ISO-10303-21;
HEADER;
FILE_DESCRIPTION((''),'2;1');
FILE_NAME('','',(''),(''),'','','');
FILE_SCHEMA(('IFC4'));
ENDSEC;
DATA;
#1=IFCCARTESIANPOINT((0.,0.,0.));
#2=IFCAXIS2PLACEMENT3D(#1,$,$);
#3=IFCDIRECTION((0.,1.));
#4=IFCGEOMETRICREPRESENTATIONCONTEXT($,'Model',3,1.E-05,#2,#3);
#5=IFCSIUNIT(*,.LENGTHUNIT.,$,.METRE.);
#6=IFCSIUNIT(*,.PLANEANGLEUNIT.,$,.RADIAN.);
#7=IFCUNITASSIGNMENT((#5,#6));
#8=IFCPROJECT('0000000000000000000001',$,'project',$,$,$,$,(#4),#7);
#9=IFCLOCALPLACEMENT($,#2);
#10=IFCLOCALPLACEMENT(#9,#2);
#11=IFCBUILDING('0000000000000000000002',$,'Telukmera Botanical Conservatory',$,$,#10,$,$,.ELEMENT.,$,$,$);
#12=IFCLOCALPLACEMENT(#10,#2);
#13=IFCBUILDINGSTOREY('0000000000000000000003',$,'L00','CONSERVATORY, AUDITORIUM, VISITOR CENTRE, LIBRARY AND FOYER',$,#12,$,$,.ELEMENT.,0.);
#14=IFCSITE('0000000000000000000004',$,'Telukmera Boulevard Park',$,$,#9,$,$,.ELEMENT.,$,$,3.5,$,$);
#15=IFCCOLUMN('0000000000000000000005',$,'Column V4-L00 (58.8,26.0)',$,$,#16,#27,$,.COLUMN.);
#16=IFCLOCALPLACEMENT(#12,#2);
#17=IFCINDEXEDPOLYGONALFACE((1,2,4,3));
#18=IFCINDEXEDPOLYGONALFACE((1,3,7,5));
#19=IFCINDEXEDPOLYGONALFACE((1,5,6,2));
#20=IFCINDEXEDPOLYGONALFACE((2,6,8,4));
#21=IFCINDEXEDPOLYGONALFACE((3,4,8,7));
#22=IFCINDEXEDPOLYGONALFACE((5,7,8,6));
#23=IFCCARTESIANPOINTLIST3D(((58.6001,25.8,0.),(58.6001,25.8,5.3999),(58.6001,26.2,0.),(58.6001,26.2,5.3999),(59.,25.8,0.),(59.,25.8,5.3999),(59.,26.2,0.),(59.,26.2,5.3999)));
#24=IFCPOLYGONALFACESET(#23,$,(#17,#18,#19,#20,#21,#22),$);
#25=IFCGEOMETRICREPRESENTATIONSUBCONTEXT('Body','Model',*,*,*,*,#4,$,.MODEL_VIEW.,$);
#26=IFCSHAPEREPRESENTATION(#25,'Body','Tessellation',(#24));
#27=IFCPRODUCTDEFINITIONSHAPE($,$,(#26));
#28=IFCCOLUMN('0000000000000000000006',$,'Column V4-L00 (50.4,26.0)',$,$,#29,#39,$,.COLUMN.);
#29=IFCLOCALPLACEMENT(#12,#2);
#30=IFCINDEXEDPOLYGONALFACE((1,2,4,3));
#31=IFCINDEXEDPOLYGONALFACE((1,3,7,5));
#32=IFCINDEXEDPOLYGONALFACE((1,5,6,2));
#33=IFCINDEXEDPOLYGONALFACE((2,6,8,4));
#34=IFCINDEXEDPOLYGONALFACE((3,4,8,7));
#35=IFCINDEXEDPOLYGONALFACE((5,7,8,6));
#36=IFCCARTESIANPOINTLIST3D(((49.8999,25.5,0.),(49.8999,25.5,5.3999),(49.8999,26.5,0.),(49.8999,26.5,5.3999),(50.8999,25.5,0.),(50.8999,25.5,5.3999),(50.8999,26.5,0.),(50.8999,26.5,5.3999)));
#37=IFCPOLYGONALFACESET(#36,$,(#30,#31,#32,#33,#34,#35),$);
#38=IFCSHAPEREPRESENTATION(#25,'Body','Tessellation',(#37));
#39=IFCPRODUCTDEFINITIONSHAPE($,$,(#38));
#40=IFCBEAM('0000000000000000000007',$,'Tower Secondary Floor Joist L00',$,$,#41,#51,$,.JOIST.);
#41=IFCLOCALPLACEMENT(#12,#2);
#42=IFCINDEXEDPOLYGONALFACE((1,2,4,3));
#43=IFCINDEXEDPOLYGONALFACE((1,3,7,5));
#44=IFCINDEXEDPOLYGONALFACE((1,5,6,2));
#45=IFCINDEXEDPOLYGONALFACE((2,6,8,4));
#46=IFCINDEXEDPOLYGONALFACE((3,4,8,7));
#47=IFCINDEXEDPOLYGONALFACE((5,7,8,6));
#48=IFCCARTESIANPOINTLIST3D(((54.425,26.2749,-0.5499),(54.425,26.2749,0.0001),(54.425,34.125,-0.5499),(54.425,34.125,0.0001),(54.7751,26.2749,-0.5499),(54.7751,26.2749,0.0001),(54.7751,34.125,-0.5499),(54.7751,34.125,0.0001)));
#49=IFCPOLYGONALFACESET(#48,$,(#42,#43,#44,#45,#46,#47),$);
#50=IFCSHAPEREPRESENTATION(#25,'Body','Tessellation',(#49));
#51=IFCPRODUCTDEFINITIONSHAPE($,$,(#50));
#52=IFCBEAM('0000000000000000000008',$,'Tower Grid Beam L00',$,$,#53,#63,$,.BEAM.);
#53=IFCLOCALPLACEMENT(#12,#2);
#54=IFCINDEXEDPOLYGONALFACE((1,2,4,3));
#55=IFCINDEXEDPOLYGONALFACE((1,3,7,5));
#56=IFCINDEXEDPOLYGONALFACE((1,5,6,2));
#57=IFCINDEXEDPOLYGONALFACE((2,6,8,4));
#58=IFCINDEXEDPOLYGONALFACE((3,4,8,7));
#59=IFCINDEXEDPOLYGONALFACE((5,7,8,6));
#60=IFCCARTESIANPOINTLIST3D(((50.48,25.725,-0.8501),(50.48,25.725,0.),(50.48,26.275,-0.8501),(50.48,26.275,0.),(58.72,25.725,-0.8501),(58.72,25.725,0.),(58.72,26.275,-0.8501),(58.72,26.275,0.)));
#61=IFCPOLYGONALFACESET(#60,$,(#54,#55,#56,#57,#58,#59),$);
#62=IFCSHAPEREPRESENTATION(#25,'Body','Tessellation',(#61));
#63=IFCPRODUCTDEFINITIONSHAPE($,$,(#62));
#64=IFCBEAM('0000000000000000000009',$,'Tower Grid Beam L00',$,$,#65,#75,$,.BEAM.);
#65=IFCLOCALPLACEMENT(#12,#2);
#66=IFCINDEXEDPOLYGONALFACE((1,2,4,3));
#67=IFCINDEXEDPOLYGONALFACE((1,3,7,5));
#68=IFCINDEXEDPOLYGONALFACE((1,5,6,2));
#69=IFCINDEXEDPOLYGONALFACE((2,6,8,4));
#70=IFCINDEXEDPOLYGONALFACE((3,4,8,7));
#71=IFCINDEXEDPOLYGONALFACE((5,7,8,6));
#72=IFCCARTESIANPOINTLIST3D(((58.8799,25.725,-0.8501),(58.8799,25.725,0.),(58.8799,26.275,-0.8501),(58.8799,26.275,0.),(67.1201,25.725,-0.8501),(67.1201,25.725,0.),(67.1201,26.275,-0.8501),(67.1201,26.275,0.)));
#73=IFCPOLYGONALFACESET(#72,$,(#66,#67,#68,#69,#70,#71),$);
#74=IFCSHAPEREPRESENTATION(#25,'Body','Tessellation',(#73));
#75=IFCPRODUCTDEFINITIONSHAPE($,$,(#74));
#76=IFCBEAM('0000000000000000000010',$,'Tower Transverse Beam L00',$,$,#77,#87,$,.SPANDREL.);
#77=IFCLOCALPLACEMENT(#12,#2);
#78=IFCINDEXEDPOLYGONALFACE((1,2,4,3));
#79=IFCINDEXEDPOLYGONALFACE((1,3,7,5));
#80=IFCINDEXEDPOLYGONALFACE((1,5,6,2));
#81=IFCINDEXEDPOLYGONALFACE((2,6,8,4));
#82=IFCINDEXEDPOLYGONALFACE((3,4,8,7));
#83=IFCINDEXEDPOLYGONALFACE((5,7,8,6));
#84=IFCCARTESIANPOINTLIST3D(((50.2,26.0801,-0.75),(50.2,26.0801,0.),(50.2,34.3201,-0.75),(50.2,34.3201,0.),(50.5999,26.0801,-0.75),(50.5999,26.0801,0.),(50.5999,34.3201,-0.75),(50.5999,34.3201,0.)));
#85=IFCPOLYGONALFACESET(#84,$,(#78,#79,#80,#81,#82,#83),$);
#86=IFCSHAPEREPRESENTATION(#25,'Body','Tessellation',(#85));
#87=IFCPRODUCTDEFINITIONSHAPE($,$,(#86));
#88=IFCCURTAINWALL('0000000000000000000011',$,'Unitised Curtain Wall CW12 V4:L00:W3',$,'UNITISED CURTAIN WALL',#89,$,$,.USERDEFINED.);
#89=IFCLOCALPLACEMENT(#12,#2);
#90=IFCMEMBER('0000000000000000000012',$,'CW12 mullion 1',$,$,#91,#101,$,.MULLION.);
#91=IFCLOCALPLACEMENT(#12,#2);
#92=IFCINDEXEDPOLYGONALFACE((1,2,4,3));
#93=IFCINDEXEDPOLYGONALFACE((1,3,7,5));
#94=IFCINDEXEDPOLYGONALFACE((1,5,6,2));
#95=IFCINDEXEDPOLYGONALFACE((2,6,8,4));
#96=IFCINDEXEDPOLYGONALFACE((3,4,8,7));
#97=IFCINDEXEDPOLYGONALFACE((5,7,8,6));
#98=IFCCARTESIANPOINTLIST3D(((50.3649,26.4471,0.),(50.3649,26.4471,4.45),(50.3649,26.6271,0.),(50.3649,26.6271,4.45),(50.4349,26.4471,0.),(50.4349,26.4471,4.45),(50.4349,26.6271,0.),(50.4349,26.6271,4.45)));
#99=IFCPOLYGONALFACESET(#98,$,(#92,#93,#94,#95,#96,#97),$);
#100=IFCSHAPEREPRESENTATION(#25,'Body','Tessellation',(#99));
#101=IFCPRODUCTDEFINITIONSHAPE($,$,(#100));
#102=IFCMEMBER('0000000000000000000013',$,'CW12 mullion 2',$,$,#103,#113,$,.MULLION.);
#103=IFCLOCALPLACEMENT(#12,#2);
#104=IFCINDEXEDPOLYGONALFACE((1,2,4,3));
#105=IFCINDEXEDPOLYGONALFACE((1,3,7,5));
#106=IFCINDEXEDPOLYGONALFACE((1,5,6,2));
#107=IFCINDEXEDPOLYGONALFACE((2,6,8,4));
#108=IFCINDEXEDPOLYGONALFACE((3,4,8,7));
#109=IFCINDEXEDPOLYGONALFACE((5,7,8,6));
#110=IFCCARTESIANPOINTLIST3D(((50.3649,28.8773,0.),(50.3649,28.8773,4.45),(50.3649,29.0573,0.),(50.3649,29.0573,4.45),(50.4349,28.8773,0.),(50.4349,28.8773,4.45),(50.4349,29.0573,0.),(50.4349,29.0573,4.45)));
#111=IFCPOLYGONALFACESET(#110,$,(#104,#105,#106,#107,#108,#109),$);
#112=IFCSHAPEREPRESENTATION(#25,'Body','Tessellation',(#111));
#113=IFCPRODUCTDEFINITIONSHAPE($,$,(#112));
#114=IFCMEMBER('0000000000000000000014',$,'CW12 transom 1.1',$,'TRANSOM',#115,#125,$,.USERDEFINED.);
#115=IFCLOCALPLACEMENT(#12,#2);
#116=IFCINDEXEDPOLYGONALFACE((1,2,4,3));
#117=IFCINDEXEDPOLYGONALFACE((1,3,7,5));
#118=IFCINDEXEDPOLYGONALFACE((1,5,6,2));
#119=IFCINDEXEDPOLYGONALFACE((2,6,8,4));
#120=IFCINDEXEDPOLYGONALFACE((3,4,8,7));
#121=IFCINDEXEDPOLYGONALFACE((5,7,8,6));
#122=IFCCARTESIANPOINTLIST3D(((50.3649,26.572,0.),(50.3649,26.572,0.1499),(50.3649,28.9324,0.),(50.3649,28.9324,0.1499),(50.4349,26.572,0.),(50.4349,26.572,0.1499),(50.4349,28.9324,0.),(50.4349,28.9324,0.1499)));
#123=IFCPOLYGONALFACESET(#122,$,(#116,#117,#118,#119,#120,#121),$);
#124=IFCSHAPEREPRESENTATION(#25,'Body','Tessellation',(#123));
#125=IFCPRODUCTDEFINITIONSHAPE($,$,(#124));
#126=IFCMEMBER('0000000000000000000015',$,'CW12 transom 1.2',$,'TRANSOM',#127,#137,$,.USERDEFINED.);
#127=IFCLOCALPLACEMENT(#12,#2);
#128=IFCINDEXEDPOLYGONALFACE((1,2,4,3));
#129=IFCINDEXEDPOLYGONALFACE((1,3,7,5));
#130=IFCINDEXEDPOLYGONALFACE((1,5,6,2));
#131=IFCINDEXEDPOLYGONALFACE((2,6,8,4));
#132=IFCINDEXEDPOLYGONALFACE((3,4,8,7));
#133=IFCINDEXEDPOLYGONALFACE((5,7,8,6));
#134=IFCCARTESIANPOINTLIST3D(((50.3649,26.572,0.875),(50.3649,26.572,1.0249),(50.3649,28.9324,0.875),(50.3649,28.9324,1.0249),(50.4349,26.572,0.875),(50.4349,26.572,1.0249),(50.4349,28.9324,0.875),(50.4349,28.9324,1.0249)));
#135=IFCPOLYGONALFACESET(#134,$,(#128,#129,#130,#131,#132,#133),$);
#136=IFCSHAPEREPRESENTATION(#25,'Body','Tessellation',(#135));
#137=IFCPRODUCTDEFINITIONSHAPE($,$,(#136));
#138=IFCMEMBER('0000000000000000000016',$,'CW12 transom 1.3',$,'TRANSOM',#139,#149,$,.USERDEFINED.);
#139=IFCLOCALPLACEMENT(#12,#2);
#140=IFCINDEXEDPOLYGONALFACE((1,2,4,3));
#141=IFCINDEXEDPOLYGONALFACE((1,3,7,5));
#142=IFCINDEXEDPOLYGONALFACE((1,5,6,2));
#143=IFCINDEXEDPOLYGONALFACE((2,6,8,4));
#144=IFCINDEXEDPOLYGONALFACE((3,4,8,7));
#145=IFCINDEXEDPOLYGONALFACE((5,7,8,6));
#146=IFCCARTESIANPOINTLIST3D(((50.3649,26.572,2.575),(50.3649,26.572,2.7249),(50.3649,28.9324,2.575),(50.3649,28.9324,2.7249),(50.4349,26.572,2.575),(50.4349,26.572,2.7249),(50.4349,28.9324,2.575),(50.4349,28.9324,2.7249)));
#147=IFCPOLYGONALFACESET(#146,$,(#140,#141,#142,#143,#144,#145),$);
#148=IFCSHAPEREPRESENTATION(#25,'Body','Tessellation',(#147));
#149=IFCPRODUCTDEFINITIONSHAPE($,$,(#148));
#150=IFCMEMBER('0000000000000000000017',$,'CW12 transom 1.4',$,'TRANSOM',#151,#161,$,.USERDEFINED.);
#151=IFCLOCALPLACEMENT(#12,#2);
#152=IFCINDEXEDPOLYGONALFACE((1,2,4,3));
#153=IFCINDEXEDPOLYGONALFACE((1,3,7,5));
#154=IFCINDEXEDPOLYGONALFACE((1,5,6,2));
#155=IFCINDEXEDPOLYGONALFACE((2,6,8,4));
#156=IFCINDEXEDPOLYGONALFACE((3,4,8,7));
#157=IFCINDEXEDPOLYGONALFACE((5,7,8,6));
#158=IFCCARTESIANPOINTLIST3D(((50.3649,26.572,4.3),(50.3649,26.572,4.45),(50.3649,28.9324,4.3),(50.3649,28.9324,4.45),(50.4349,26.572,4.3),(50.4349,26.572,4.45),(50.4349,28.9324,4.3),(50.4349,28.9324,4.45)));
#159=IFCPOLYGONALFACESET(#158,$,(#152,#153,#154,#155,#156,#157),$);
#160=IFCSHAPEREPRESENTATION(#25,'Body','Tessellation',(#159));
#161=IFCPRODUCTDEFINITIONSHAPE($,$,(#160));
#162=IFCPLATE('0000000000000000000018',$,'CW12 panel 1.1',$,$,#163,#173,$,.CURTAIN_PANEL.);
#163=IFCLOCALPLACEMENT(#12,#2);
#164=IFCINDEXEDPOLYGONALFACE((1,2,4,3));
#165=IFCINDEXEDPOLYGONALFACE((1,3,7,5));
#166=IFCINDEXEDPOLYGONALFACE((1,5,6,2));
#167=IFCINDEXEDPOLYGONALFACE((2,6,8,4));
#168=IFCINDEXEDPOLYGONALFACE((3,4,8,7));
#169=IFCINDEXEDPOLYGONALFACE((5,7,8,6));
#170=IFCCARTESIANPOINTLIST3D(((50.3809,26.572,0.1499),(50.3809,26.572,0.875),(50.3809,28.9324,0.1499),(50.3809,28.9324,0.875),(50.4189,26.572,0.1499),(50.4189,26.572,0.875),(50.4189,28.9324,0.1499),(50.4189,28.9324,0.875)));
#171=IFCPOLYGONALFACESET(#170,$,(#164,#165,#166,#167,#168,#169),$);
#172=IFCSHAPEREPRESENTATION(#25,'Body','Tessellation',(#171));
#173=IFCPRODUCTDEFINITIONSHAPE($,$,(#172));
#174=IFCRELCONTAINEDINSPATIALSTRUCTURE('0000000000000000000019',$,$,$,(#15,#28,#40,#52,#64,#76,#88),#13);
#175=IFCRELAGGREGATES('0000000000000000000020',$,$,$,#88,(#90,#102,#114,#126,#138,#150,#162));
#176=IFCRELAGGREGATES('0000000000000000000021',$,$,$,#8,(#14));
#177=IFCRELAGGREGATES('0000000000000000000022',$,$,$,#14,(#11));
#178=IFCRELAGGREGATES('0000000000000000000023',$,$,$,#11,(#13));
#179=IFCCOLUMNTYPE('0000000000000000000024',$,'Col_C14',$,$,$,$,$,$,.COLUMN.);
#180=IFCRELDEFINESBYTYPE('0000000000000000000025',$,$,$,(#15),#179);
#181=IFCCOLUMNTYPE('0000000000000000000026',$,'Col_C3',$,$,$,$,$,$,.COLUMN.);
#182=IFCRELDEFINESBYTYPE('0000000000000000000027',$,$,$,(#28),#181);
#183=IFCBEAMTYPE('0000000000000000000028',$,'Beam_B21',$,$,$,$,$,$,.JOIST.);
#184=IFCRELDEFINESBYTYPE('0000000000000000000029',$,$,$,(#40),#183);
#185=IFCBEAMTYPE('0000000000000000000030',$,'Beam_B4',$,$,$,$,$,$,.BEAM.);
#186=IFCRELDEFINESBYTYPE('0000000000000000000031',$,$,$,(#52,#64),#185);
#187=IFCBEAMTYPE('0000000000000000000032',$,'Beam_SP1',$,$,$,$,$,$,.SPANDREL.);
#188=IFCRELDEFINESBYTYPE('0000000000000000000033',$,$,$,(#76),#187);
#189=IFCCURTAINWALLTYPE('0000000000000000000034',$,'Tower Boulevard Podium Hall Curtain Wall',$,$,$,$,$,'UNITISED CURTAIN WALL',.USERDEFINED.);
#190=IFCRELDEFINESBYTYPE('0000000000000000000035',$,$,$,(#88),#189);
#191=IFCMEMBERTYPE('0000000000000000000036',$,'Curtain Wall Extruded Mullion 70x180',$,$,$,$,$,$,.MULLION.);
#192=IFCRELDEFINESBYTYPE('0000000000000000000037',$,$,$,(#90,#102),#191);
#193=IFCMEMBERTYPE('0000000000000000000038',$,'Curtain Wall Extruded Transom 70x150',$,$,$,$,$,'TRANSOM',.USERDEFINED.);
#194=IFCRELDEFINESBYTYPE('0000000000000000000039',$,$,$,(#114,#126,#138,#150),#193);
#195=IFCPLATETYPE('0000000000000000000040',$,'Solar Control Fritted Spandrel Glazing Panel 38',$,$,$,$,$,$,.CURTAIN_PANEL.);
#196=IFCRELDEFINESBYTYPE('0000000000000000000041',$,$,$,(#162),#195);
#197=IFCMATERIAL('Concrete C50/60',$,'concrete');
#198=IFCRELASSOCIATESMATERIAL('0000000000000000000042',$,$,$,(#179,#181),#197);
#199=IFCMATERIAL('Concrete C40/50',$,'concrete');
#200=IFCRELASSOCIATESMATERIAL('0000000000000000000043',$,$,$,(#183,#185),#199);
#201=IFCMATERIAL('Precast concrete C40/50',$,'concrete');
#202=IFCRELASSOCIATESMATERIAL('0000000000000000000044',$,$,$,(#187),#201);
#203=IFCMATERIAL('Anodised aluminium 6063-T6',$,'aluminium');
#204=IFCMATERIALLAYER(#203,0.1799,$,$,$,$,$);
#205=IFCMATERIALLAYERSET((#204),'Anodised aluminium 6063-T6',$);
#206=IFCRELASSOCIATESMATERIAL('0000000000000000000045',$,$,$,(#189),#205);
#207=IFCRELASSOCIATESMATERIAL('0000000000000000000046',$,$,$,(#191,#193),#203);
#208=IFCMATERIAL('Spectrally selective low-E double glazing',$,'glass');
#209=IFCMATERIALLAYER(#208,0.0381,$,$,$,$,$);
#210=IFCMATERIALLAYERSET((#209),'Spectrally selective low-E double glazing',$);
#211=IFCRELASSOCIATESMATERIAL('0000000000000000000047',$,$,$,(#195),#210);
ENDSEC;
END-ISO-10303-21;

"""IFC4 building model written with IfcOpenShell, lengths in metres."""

from ifc_helpers import new_model, si_unit, direction, frame, origin, origin_2d, place, context, subcontext, project, spatial, rectangle, extrude, material, layer, layer_set, material_profile, profile_set, type_object, element, aggregate, save


model = new_model("IFC4")

# Units and contexts
model_context = context("Model", 3, precision=1e-05, world=origin(), true_north=direction((0.0, 1.0)))
body_context = subcontext(model_context, "Body", "Model", "MODEL_VIEW")
ifc_project = project(units=[si_unit("LENGTHUNIT", "METRE"), si_unit("PLANEANGLEUNIT", "RADIAN")], contexts=[model_context])

# Site, building, storey
site_placement = place(None, origin())
site = spatial("IfcSite", under=ifc_project, at=site_placement, Name="Telukmera Boulevard Park", CompositionType="ELEMENT", RefElevation=3.5)
building_placement = place(site_placement, origin())
building = spatial("IfcBuilding", under=site, at=building_placement, Name="Telukmera Botanical Conservatory", CompositionType="ELEMENT")
storey_placement = place(building_placement, origin())
storey = spatial("IfcBuildingStorey", under=building, at=storey_placement, Name="L00", Description="CONSERVATORY, AUDITORIUM, VISITOR CENTRE, LIBRARY AND FOYER", CompositionType="ELEMENT", Elevation=0.0)

# Columns
ifc_material_1 = material(Name="Concrete C50/60", Category="concrete")
ifc_material_profile_1 = material_profile(ifc_material_1, rectangle(XDim=0.3999, YDim=0.3999, at=origin_2d()), Name="RC 400x400")
ifc_profile_set_1 = profile_set([ifc_material_profile_1], Name="Concrete C50/60")
column_type_1 = type_object("IfcColumnType", Name="Col_C14", PredefinedType="COLUMN", material=ifc_profile_set_1)
column_1_placement = place(storey_placement, frame((58.8, 26.0, 0.0), z_axis=(0.0, 0.0, 1.0), x_axis=(1.0, 0.0, 0.0)))
element("IfcColumn", 1, at=column_1_placement, inside=storey, type_object=column_type_1, Name="Column V4-L00 (58.8,26.0)", PredefinedType="COLUMN", context=body_context, shape_type="SweptSolid", body=[
    extrude(rectangle(XDim=0.3999, YDim=0.3999, at=origin_2d()), origin(), (0.0, 0.0, 1.0), 5.3999),
])
ifc_material_profile_2 = material_profile(ifc_material_1, rectangle(XDim=1.0, YDim=1.0, at=origin_2d()), Name="RC 1000x1000")
ifc_profile_set_2 = profile_set([ifc_material_profile_2], Name="Concrete C50/60")
column_type_2 = type_object("IfcColumnType", Name="Col_C3", PredefinedType="COLUMN", material=ifc_profile_set_2)
column_2_placement = place(storey_placement, frame((50.3999, 26.0, 0.0), z_axis=(0.0, 0.0, 1.0), x_axis=(1.0, 0.0, 0.0)))
element("IfcColumn", 2, at=column_2_placement, inside=storey, type_object=column_type_2, Name="Column V4-L00 (50.4,26.0)", PredefinedType="COLUMN", context=body_context, shape_type="SweptSolid", body=[
    extrude(rectangle(XDim=1.0, YDim=1.0, at=origin_2d()), origin(), (0.0, 0.0, 1.0), 5.3999),
])

# Beams
ifc_material_2 = material(Name="Concrete C40/50", Category="concrete")
ifc_material_profile_3 = material_profile(ifc_material_2, rectangle(XDim=0.3501, YDim=0.55, at=origin_2d()), Name="RC 350x550")
ifc_profile_set_3 = profile_set([ifc_material_profile_3], Name="Concrete C40/50")
beam_type_1 = type_object("IfcBeamType", Name="Beam_B21", PredefinedType="JOIST", material=ifc_profile_set_3)
beam_1_placement = place(storey_placement, frame((54.6001, 26.2749, -0.2749), z_axis=(0.0, 1.0, 0.0), x_axis=(-1.0, 0.0, 0.0)))
element("IfcBeam", 3, at=beam_1_placement, inside=storey, type_object=beam_type_1, Name="Tower Secondary Floor Joist L00", PredefinedType="JOIST", context=body_context, shape_type="SweptSolid", body=[
    extrude(rectangle(XDim=0.3501, YDim=0.55, at=origin_2d()), origin(), (0.0, 0.0, 1.0), 7.8501),
])
ifc_material_profile_4 = material_profile(ifc_material_2, rectangle(XDim=0.55, YDim=0.8501, at=origin_2d()), Name="RC 550x850")
ifc_profile_set_4 = profile_set([ifc_material_profile_4], Name="Concrete C40/50")
beam_type_2 = type_object("IfcBeamType", Name="Beam_B4", PredefinedType="BEAM", material=ifc_profile_set_4)
beam_2_placement = place(storey_placement, frame((50.48, 26.0, -0.425), z_axis=(1.0, 0.0, 0.0), x_axis=(0.0, 1.0, 0.0)))
element("IfcBeam", 4, at=beam_2_placement, inside=storey, type_object=beam_type_2, Name="Tower Grid Beam L00", PredefinedType="BEAM", context=body_context, shape_type="SweptSolid", body=[
    extrude(rectangle(XDim=0.55, YDim=0.8501, at=origin_2d()), origin(), (0.0, 0.0, 1.0), 8.24),
])
beam_3_placement = place(storey_placement, frame((58.8799, 26.0, -0.425), z_axis=(1.0, 0.0, 0.0), x_axis=(0.0, 1.0, 0.0)))
element("IfcBeam", 5, at=beam_3_placement, inside=storey, type_object=beam_type_2, Name="Tower Grid Beam L00", PredefinedType="BEAM", context=body_context, shape_type="SweptSolid", body=[
    extrude(rectangle(XDim=0.55, YDim=0.8501, at=origin_2d()), origin(), (0.0, 0.0, 1.0), 8.2402),
])
ifc_material_3 = material(Name="Precast concrete C40/50", Category="concrete")
ifc_material_profile_5 = material_profile(ifc_material_3, rectangle(XDim=0.3999, YDim=0.75, at=origin_2d()), Name="PC 400x750")
ifc_profile_set_5 = profile_set([ifc_material_profile_5], Name="Precast concrete C40/50")
beam_type_3 = type_object("IfcBeamType", Name="Beam_SP1", PredefinedType="SPANDREL", material=ifc_profile_set_5)
beam_4_placement = place(storey_placement, frame((50.3999, 26.0801, -0.375), z_axis=(0.0, 1.0, 0.0), x_axis=(-1.0, 0.0, 0.0)))
element("IfcBeam", 6, at=beam_4_placement, inside=storey, type_object=beam_type_3, Name="Tower Transverse Beam L00", PredefinedType="SPANDREL", context=body_context, shape_type="SweptSolid", body=[
    extrude(rectangle(XDim=0.3999, YDim=0.75, at=origin_2d()), origin(), (0.0, 0.0, 1.0), 8.24),
])

# Curtain wall, members, plate
ifc_material_4 = material(Name="Anodised aluminium 6063-T6", Category="aluminium")
ifc_layer_1 = layer(ifc_material_4, 0.1799)
ifc_layer_set_1 = layer_set([ifc_layer_1], Name="Anodised aluminium 6063-T6")
curtain_wall_type = type_object("IfcCurtainWallType", Name="Tower Boulevard Podium Hall Curtain Wall", ElementType="UNITISED CURTAIN WALL", PredefinedType="USERDEFINED", material=ifc_layer_set_1)
curtain_wall_placement = place(storey_placement, origin())
curtain_wall = element("IfcCurtainWall", 7, at=curtain_wall_placement, inside=storey, type_object=curtain_wall_type, Name="Unitised Curtain Wall CW12 V4:L00:W3", ObjectType="UNITISED CURTAIN WALL", PredefinedType="USERDEFINED")
ifc_material_profile_6 = material_profile(ifc_material_4, rectangle(XDim=0.0701, YDim=0.1799, at=origin_2d()), Name="ALU MULL 70x180")
ifc_profile_set_6 = profile_set([ifc_material_profile_6], Name="Anodised aluminium 6063-T6")
member_type_1 = type_object("IfcMemberType", Name="Curtain Wall Extruded Mullion 70x180", PredefinedType="MULLION", material=ifc_profile_set_6)
member_1_placement = place(storey_placement, frame((50.3999, 26.5371, 0.0), z_axis=(0.0, 0.0, 1.0), x_axis=(-1.0, 0.0, 0.0)))
member_1 = element("IfcMember", 8, at=member_1_placement, type_object=member_type_1, Name="CW12 mullion 1", PredefinedType="MULLION", context=body_context, shape_type="SweptSolid", body=[
    extrude(rectangle(XDim=0.0701, YDim=0.1799, at=origin_2d()), origin(), (0.0, 0.0, 1.0), 4.45),
])
member_2_placement = place(storey_placement, frame((50.3999, 28.9673, 0.0), z_axis=(0.0, 0.0, 1.0), x_axis=(-1.0, 0.0, 0.0)))
member_2 = element("IfcMember", 9, at=member_2_placement, type_object=member_type_1, Name="CW12 mullion 2", PredefinedType="MULLION", context=body_context, shape_type="SweptSolid", body=[
    extrude(rectangle(XDim=0.0701, YDim=0.1799, at=origin_2d()), origin(), (0.0, 0.0, 1.0), 4.45),
])
ifc_material_profile_7 = material_profile(ifc_material_4, rectangle(XDim=0.0701, YDim=0.1499, at=origin_2d()), Name="ALU TRAN 70x150")
ifc_profile_set_7 = profile_set([ifc_material_profile_7], Name="Anodised aluminium 6063-T6")
member_type_2 = type_object("IfcMemberType", Name="Curtain Wall Extruded Transom 70x150", ElementType="TRANSOM", PredefinedType="USERDEFINED", material=ifc_profile_set_7)
member_3_placement = place(storey_placement, frame((50.3999, 26.572, 0.075), z_axis=(0.0, 1.0, 0.0), x_axis=(-1.0, 0.0, 0.0)))
member_3 = element("IfcMember", 10, at=member_3_placement, type_object=member_type_2, Name="CW12 transom 1.1", ObjectType="TRANSOM", PredefinedType="USERDEFINED", context=body_context, shape_type="SweptSolid", body=[
    extrude(rectangle(XDim=0.0701, YDim=0.1499, at=origin_2d()), origin(), (0.0, 0.0, 1.0), 2.3604),
])
member_4_placement = place(storey_placement, frame((50.3999, 26.572, 0.95), z_axis=(0.0, 1.0, 0.0), x_axis=(-1.0, 0.0, 0.0)))
member_4 = element("IfcMember", 11, at=member_4_placement, type_object=member_type_2, Name="CW12 transom 1.2", ObjectType="TRANSOM", PredefinedType="USERDEFINED", context=body_context, shape_type="SweptSolid", body=[
    extrude(rectangle(XDim=0.0701, YDim=0.1499, at=origin_2d()), origin(), (0.0, 0.0, 1.0), 2.3604),
])
member_5_placement = place(storey_placement, frame((50.3999, 26.572, 2.6499), z_axis=(0.0, 1.0, 0.0), x_axis=(-1.0, 0.0, 0.0)))
member_5 = element("IfcMember", 12, at=member_5_placement, type_object=member_type_2, Name="CW12 transom 1.3", ObjectType="TRANSOM", PredefinedType="USERDEFINED", context=body_context, shape_type="SweptSolid", body=[
    extrude(rectangle(XDim=0.0701, YDim=0.1499, at=origin_2d()), origin(), (0.0, 0.0, 1.0), 2.3604),
])
member_6_placement = place(storey_placement, frame((50.3999, 26.572, 4.375), z_axis=(0.0, 1.0, 0.0), x_axis=(-1.0, 0.0, 0.0)))
member_6 = element("IfcMember", 13, at=member_6_placement, type_object=member_type_2, Name="CW12 transom 1.4", ObjectType="TRANSOM", PredefinedType="USERDEFINED", context=body_context, shape_type="SweptSolid", body=[
    extrude(rectangle(XDim=0.0701, YDim=0.1499, at=origin_2d()), origin(), (0.0, 0.0, 1.0), 2.3604),
])
ifc_material_5 = material(Name="Spectrally selective low-E double glazing", Category="glass")
ifc_layer_2 = layer(ifc_material_5, 0.0381)
ifc_layer_set_2 = layer_set([ifc_layer_2], Name="Spectrally selective low-E double glazing")
plate_type = type_object("IfcPlateType", Name="Solar Control Fritted Spandrel Glazing Panel 38", PredefinedType="CURTAIN_PANEL", material=ifc_layer_set_2)
plate_1_placement = place(storey_placement, frame((50.3999, 27.7522, 0.1499), z_axis=(0.0, 0.0, 1.0), x_axis=(0.0, 1.0, 0.0)))
plate_1 = element("IfcPlate", 14, at=plate_1_placement, type_object=plate_type, Name="CW12 panel 1.1", PredefinedType="CURTAIN_PANEL", context=body_context, shape_type="SweptSolid", body=[
    extrude(rectangle(XDim=2.3604, YDim=0.0381, at=origin_2d()), origin(), (0.0, 0.0, 1.0), 0.7251),
])
aggregate(curtain_wall, [member_1, member_2, member_3, member_4, member_5, member_6, plate_1])

save(model, "model.ifc")
